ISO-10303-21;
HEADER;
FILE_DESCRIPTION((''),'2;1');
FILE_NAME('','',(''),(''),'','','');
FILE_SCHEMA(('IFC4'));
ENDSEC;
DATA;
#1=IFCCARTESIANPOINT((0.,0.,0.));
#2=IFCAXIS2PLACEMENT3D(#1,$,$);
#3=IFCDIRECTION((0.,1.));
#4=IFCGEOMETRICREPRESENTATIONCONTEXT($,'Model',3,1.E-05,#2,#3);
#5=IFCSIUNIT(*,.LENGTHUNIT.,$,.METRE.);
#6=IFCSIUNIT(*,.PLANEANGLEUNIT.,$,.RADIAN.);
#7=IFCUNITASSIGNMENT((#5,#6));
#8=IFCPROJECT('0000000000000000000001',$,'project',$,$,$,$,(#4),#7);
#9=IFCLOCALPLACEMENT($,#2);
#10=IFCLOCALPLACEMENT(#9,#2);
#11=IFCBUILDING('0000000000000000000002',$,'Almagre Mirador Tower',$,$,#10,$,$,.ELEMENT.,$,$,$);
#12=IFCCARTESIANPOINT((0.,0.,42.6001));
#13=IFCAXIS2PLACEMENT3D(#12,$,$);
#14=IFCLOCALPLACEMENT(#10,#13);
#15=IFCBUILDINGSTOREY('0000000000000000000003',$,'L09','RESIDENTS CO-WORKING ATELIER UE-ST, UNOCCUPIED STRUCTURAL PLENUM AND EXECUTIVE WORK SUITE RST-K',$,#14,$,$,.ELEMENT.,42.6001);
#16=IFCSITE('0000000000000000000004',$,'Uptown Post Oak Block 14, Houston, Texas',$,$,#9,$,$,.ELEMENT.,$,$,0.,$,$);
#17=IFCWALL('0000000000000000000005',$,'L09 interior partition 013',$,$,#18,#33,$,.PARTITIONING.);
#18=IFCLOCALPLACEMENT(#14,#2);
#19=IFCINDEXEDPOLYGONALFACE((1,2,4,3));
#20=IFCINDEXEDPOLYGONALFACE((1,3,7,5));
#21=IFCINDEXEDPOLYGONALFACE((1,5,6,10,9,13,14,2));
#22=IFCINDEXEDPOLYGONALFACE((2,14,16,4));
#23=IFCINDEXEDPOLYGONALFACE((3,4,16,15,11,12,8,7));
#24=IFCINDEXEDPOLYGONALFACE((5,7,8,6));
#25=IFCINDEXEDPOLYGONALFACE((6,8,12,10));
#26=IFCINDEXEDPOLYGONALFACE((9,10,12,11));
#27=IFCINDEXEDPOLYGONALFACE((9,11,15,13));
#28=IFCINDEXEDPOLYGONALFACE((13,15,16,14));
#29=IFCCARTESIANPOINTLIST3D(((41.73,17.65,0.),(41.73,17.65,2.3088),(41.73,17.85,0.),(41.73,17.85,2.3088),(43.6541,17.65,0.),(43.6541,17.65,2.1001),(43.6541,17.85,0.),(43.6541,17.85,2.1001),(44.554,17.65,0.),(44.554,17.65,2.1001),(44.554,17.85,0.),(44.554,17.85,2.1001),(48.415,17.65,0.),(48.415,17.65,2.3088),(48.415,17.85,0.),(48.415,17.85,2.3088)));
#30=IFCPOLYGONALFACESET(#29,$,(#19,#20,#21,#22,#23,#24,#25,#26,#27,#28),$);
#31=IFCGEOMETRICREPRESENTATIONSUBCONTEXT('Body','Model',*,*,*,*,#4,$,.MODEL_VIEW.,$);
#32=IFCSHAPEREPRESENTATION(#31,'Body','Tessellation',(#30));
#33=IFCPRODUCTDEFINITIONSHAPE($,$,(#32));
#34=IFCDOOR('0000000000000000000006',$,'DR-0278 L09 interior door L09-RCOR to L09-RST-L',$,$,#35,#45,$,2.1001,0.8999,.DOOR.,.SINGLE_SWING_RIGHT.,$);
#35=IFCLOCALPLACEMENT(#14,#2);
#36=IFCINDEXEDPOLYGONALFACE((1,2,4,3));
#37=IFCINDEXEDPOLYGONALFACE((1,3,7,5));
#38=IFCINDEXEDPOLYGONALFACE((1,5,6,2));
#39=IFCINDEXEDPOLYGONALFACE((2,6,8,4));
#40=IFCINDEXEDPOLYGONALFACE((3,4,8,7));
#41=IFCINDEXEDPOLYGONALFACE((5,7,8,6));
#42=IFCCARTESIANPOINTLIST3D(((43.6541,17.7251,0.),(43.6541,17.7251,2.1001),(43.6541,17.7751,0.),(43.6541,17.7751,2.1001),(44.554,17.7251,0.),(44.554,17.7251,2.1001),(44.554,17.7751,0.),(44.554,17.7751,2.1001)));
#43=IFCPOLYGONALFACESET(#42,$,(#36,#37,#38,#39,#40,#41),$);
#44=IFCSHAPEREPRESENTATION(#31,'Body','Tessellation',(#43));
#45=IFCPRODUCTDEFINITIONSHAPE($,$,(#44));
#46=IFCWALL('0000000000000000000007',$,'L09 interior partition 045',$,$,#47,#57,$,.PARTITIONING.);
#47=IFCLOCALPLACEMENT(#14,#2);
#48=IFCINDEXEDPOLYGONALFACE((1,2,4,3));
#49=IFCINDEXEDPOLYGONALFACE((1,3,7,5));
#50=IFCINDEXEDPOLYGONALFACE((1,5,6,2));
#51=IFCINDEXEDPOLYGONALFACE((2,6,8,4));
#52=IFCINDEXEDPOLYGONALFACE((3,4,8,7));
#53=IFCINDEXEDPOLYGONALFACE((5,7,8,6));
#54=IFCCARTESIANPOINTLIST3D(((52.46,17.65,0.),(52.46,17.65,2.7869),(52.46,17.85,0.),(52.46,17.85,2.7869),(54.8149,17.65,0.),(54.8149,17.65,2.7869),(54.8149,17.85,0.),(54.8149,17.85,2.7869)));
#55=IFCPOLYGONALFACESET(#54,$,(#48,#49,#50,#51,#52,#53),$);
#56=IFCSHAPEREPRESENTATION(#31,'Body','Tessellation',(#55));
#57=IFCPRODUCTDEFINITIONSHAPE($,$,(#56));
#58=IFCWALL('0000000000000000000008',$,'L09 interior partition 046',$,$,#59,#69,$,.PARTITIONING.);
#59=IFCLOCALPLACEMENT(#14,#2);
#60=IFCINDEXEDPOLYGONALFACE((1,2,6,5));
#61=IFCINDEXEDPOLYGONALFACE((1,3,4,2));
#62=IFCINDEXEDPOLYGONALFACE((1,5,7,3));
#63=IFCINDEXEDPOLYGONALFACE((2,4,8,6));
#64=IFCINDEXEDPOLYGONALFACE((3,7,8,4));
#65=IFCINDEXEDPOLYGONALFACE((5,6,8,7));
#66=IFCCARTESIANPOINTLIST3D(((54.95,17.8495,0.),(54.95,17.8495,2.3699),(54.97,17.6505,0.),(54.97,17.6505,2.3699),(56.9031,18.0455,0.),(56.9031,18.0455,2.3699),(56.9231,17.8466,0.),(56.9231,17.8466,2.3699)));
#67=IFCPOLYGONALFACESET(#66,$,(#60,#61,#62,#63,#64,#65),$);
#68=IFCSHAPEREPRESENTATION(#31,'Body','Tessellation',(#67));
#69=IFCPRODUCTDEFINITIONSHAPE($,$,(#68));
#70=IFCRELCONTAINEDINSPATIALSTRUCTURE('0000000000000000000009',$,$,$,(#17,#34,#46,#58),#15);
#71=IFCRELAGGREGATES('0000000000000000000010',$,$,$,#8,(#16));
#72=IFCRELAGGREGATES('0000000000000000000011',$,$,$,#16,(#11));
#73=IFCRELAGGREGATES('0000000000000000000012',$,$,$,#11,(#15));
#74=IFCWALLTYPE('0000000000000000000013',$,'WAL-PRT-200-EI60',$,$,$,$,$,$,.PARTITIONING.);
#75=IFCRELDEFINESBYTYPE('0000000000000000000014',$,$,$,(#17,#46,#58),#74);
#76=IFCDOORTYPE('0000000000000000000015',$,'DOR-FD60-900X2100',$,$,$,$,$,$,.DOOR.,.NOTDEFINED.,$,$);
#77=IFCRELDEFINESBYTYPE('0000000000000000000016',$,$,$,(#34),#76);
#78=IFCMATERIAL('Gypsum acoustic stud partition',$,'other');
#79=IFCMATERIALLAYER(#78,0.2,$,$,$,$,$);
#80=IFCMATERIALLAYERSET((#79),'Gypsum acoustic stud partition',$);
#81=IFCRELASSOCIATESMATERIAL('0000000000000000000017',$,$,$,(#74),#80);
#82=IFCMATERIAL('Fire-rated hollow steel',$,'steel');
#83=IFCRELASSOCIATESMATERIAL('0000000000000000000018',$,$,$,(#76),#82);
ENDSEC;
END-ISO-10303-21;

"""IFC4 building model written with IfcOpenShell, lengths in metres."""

from ifc_helpers import new_model, si_unit, direction, frame, frame_2d, origin, place, context, subcontext, project, spatial, rectangle, extrude, material, layer, layer_set, type_object, element, fill, save


model = new_model("IFC4")

# Units and contexts
model_context = context("Model", 3, precision=1e-05, world=origin(), true_north=direction((0.0, 1.0)))
body_context = subcontext(model_context, "Body", "Model", "MODEL_VIEW")
ifc_project = project(units=[si_unit("LENGTHUNIT", "METRE"), si_unit("PLANEANGLEUNIT", "RADIAN")], contexts=[model_context])

# Site, building, storey
site_placement = place(None, origin())
site = spatial("IfcSite", under=ifc_project, at=site_placement, Name="Uptown Post Oak Block 14, Houston, Texas", CompositionType="ELEMENT", RefElevation=0.0)
building_placement = place(site_placement, origin())
building = spatial("IfcBuilding", under=site, at=building_placement, Name="Almagre Mirador Tower", CompositionType="ELEMENT")
storey_placement = place(building_placement, frame((0.0, 0.0, 42.6001)))
storey = spatial("IfcBuildingStorey", under=building, at=storey_placement, Name="L09", Description="RESIDENTS CO-WORKING ATELIER UE-ST, UNOCCUPIED STRUCTURAL PLENUM AND EXECUTIVE WORK SUITE RST-K", CompositionType="ELEMENT", Elevation=42.6001)

# Wall, opening, door
ifc_material_1 = material(Name="Gypsum acoustic stud partition", Category="other")
ifc_layer_1 = layer(ifc_material_1, 0.2)
ifc_layer_set_1 = layer_set([ifc_layer_1], Name="Gypsum acoustic stud partition")
wall_type_1 = type_object("IfcWallType", Name="WAL-PRT-200-EI60", PredefinedType="PARTITIONING", material=ifc_layer_set_1)
ifc_material_2 = material(Name="Fire-rated hollow steel", Category="steel")
door_type = type_object("IfcDoorType", Name="DOR-FD60-900X2100", OperationType="NOTDEFINED", PredefinedType="DOOR", material=ifc_material_2)
wall_1_placement = place(storey_placement, frame((48.415, 17.75, 0.0), z_axis=(0.0, 0.0, 1.0), x_axis=(-1.0, 0.0, 0.0)))
wall_1 = element("IfcWall", 1, at=wall_1_placement, inside=storey, type_object=wall_type_1, Name="L09 interior partition 013", PredefinedType="PARTITIONING", context=body_context, shape_type="SweptSolid", body=[
    extrude(rectangle(XDim=6.6851, YDim=0.2, at=frame_2d((3.3425, 0.0))), origin(), (0.0, 0.0, 1.0), 2.3088),
])
opening_1_placement = place(wall_1_placement, frame((3.8611, 0.0, 0.0)))
opening_1 = element("IfcOpeningElement", 2, at=opening_1_placement, cuts=wall_1, PredefinedType="OPENING", context=body_context, shape_type="SweptSolid", body=[
    extrude(rectangle(XDim=0.8999, YDim=2.1001, at=frame_2d((0.45, 1.05))), frame((0.0, 0.1101, 0.0), z_axis=(0.0, -1.0, 0.0), x_axis=(1.0, 0.0, 0.0)), (0.0, 0.0, 1.0), 0.22),
])
door_1_placement = place(opening_1_placement, origin())
door_1 = element("IfcDoor", 3, at=door_1_placement, inside=storey, type_object=door_type, Name="DR-0278 L09 interior door L09-RCOR to L09-RST-L", OperationType="SINGLE_SWING_RIGHT", OverallHeight=2.1001, OverallWidth=0.8999, PredefinedType="DOOR", context=body_context, shape_type="SweptSolid", body=[
    extrude(rectangle(XDim=0.8999, YDim=2.1001, at=frame_2d((0.45, 1.05))), frame((0.0, 0.0249, 0.0), z_axis=(0.0, -1.0, 0.0), x_axis=(1.0, 0.0, 0.0)), (0.0, 0.0, 1.0), 0.05),
])
fill(opening_1, door_1)

# Walls
wall_2_placement = place(storey_placement, frame((54.8149, 17.75, 0.0), z_axis=(0.0, 0.0, 1.0), x_axis=(-1.0, 0.0, 0.0)))
element("IfcWall", 4, at=wall_2_placement, inside=storey, type_object=wall_type_1, Name="L09 interior partition 045", PredefinedType="PARTITIONING", context=body_context, shape_type="SweptSolid", body=[
    extrude(rectangle(XDim=2.355, YDim=0.2, at=frame_2d((1.1775, 0.0))), origin(), (0.0, 0.0, 1.0), 2.7869),
])
wall_3_placement = place(storey_placement, frame((56.9131, 17.946, 0.0), z_axis=(0.0, 0.0, 1.0), x_axis=(-0.995, -0.099873, 0.0)))
element("IfcWall", 5, at=wall_3_placement, inside=storey, type_object=wall_type_1, Name="L09 interior partition 046", PredefinedType="PARTITIONING", context=body_context, shape_type="SweptSolid", body=[
    extrude(rectangle(XDim=1.9629, YDim=0.2, at=frame_2d((0.9814, 0.0))), origin(), (0.0, 0.0, 1.0), 2.3699),
])

save(model, "model.ifc")
